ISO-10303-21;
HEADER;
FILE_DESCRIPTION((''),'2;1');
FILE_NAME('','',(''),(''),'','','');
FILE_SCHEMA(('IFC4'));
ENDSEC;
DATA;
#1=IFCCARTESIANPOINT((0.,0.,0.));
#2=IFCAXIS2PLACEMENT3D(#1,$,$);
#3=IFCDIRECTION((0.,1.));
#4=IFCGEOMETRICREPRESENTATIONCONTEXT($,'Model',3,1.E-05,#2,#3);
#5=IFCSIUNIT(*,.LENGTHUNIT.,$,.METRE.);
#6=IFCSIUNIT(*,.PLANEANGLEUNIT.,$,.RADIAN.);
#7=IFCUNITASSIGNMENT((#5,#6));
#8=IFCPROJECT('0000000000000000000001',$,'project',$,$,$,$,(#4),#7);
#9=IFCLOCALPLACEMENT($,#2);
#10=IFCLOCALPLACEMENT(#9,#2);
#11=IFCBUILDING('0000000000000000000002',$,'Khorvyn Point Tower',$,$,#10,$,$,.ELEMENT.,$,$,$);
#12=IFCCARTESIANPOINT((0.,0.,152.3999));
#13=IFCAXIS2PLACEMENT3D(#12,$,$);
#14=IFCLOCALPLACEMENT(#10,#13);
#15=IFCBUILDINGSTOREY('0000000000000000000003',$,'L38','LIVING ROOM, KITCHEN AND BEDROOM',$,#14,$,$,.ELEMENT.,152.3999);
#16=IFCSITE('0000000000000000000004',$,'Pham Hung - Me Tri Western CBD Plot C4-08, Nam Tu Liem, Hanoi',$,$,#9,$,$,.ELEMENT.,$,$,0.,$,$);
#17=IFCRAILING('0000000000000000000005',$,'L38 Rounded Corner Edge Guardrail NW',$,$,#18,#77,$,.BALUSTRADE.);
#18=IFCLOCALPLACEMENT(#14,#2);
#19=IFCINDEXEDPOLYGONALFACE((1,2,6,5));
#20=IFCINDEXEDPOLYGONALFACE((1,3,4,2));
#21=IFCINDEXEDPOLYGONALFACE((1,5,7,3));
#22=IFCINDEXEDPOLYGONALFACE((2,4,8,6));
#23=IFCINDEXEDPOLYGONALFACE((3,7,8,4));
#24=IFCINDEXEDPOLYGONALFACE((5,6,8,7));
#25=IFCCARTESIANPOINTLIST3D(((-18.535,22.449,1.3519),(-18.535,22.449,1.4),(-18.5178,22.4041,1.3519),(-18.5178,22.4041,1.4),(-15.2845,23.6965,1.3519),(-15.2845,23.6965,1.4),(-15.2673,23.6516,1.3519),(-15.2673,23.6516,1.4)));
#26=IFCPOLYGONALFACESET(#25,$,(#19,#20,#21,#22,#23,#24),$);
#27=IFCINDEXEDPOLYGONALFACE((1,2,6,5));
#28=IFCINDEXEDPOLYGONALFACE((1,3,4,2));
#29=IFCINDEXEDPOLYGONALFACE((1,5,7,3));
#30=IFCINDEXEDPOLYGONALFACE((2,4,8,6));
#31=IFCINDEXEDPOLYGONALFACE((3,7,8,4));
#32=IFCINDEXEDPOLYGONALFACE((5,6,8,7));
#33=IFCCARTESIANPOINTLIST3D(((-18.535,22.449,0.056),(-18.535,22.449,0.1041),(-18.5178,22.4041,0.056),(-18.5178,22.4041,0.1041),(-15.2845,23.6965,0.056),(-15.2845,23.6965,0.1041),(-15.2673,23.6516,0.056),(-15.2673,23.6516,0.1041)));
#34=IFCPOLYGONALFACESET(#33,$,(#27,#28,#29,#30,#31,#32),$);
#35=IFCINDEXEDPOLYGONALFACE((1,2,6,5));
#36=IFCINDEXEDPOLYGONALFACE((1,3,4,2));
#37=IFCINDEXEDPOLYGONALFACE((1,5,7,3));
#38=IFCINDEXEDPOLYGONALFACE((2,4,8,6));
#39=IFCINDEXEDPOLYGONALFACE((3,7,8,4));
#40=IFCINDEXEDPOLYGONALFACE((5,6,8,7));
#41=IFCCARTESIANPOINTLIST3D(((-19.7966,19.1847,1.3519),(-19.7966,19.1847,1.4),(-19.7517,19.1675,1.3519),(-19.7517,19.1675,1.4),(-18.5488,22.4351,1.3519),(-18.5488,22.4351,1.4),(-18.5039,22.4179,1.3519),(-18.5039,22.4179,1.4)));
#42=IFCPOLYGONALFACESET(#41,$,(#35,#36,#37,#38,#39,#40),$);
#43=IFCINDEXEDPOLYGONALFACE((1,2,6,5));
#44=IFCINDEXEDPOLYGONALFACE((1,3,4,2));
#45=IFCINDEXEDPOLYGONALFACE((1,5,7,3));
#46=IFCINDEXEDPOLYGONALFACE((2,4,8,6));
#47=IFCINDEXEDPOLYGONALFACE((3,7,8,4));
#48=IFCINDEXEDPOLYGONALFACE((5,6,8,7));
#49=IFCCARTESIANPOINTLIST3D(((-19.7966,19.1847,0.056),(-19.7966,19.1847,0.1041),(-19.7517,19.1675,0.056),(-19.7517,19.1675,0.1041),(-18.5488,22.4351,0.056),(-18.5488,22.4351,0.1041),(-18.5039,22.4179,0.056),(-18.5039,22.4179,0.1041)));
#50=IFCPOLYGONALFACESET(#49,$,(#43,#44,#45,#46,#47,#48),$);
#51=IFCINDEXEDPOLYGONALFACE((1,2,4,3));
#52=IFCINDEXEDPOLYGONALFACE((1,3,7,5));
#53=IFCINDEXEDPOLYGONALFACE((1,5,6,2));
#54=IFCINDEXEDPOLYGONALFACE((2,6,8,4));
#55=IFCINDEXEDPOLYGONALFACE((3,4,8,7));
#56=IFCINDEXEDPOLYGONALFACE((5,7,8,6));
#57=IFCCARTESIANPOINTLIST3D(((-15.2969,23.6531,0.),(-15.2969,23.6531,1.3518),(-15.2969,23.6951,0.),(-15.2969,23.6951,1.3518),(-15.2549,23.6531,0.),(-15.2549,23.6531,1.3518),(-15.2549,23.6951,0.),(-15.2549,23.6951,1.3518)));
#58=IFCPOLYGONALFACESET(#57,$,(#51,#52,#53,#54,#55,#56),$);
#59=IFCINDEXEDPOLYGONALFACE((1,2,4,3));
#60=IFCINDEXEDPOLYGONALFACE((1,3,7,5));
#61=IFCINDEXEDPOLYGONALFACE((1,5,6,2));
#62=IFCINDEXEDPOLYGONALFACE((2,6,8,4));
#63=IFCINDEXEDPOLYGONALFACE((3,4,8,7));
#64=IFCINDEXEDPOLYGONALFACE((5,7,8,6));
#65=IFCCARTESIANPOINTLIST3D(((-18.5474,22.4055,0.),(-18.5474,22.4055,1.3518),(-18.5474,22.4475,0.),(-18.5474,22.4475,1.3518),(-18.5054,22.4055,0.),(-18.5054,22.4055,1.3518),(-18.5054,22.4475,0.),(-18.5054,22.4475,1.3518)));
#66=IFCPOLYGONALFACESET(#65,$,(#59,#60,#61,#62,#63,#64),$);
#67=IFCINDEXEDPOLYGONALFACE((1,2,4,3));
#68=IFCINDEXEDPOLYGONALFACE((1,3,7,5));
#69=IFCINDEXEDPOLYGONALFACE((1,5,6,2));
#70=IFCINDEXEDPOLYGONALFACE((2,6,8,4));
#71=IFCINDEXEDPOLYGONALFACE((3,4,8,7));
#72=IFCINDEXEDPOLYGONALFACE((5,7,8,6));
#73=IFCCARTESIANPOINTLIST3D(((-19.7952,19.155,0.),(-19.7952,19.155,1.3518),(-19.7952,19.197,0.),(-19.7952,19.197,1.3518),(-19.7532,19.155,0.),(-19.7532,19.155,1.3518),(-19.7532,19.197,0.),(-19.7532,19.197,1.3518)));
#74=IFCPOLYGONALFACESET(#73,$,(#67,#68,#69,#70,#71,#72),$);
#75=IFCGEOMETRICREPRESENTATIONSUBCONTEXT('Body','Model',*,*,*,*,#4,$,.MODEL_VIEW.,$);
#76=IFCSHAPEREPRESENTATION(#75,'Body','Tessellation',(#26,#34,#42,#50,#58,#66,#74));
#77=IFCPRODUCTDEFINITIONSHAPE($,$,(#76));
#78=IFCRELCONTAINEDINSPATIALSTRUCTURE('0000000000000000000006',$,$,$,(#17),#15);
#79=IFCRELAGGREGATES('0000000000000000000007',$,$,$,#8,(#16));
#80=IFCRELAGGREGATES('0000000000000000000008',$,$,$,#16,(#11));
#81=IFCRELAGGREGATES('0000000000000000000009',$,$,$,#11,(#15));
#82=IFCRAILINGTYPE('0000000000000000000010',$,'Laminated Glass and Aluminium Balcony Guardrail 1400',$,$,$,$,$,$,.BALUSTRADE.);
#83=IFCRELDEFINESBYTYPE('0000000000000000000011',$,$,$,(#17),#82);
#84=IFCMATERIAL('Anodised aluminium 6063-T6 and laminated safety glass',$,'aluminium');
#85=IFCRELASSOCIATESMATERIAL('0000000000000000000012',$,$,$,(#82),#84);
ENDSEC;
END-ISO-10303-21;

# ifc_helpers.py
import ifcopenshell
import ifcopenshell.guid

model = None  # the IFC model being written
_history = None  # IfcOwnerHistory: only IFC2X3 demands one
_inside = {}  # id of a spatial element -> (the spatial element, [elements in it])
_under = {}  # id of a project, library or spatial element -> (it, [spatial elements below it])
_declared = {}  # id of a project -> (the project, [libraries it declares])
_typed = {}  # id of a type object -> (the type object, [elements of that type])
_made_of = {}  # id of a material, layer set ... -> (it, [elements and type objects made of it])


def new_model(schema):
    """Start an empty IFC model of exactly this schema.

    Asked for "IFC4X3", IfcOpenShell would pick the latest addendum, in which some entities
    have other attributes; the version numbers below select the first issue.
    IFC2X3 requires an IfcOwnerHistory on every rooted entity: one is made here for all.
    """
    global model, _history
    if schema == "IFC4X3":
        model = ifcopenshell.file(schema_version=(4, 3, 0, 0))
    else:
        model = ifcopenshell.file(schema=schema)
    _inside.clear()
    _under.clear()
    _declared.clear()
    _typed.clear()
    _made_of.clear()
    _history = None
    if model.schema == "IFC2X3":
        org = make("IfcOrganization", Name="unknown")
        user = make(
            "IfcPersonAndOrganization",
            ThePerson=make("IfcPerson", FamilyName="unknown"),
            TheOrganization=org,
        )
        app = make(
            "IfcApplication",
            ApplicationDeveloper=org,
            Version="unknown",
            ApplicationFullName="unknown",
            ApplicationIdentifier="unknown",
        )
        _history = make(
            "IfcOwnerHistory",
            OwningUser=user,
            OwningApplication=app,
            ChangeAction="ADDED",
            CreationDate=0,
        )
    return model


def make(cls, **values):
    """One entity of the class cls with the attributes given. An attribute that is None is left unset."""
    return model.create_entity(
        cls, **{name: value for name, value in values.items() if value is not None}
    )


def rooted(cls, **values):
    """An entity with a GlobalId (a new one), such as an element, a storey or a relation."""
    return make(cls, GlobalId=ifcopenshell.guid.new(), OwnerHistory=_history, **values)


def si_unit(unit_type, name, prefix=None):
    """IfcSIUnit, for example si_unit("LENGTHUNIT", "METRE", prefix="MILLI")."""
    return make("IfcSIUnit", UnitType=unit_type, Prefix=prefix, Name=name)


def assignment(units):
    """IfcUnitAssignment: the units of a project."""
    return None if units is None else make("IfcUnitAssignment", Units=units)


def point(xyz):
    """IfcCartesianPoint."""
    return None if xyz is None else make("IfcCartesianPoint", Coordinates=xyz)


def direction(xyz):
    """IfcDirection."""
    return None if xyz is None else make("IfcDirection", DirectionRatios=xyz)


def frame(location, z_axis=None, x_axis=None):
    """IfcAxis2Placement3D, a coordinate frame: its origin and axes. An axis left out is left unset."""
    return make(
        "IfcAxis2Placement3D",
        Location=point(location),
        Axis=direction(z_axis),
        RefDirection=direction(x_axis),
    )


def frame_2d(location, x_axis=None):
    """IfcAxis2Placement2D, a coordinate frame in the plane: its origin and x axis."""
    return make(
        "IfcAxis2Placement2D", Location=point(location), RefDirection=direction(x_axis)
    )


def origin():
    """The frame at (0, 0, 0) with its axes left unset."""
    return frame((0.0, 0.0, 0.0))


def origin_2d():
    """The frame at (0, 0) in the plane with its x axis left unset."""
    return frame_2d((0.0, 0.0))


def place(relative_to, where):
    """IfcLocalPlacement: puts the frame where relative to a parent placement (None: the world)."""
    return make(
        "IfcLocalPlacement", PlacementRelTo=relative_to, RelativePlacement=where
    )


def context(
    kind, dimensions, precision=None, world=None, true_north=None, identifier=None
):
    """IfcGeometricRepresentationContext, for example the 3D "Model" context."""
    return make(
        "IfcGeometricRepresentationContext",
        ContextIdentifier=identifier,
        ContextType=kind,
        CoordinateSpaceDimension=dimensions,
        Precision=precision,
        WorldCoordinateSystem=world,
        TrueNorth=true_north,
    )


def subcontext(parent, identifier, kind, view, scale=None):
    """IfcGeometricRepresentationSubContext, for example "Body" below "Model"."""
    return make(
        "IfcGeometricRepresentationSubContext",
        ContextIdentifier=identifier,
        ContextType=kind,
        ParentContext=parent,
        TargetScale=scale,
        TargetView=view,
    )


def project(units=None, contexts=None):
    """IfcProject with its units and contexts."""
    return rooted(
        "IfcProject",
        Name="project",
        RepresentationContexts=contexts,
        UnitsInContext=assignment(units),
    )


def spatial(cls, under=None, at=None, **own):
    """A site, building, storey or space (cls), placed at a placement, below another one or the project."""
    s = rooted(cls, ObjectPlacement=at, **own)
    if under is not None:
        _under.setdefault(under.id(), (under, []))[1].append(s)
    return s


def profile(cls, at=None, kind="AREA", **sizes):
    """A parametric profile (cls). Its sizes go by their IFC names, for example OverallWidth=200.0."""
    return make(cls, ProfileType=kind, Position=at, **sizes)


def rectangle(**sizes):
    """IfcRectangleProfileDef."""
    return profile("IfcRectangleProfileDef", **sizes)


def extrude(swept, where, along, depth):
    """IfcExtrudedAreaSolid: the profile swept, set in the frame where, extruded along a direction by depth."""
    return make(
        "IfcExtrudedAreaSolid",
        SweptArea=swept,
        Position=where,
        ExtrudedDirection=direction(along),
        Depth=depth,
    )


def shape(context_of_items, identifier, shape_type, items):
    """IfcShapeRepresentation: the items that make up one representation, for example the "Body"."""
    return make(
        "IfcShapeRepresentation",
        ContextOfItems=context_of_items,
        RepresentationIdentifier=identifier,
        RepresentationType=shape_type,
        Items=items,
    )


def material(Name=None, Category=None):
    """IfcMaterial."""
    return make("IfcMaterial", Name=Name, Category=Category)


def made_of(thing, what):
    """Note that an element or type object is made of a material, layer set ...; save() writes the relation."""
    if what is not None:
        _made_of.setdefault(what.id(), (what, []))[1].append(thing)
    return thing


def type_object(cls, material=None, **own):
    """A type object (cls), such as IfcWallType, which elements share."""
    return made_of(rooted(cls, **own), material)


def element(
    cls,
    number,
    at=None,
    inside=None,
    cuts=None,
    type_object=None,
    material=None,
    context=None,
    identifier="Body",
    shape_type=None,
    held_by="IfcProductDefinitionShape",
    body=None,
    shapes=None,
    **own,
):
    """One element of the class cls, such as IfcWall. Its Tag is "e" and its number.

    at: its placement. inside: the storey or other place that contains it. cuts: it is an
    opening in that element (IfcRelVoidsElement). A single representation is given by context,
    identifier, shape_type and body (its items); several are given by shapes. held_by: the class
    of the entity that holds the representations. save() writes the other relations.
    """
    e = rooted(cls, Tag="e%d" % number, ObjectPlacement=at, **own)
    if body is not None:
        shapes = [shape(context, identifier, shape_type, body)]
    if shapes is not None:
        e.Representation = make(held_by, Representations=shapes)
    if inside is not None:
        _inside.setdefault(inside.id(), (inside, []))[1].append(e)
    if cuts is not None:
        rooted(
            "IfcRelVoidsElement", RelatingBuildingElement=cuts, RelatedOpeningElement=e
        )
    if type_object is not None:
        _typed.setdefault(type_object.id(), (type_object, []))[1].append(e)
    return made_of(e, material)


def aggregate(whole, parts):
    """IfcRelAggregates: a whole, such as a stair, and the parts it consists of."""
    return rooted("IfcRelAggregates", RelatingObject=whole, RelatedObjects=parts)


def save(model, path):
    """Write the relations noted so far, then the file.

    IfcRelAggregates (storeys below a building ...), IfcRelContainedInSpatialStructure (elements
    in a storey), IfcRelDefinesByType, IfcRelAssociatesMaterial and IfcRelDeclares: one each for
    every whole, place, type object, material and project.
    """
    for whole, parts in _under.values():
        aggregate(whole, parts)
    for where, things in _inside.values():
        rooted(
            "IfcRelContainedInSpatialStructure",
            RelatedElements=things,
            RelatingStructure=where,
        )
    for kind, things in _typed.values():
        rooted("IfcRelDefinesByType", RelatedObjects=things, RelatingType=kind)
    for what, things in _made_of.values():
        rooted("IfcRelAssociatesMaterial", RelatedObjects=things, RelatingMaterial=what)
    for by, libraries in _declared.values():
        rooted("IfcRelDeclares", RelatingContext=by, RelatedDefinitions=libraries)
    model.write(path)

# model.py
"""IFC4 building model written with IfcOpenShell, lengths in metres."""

from ifc_helpers import new_model, si_unit, direction, frame, origin, origin_2d, place, context, subcontext, project, spatial, rectangle, extrude, material, type_object, element, save


model = new_model("IFC4")

# Units and contexts
model_context = context("Model", 3, precision=1e-05, world=origin(), true_north=direction((0.0, 1.0)))
body_context = subcontext(model_context, "Body", "Model", "MODEL_VIEW")
ifc_project = project(units=[si_unit("LENGTHUNIT", "METRE"), si_unit("PLANEANGLEUNIT", "RADIAN")], contexts=[model_context])

# Site, building, storey
site_placement = place(None, origin())
site = spatial("IfcSite", under=ifc_project, at=site_placement, Name="Pham Hung - Me Tri Western CBD Plot C4-08, Nam Tu Liem, Hanoi", CompositionType="ELEMENT", RefElevation=0.0)
building_placement = place(site_placement, origin())
building = spatial("IfcBuilding", under=site, at=building_placement, Name="Khorvyn Point Tower", CompositionType="ELEMENT")
storey_placement = place(building_placement, frame((0.0, 0.0, 152.3999)))
storey = spatial("IfcBuildingStorey", under=building, at=storey_placement, Name="L38", Description="LIVING ROOM, KITCHEN AND BEDROOM", CompositionType="ELEMENT", Elevation=152.3999)

# Railing
ifc_material_1 = material(Name="Anodised aluminium 6063-T6 and laminated safety glass", Category="aluminium")
railing_type = type_object("IfcRailingType", Name="Laminated Glass and Aluminium Balcony Guardrail 1400", PredefinedType="BALUSTRADE", material=ifc_material_1)
railing_placement = place(storey_placement, frame((-15.2759, 23.6741, 0.0)))
element("IfcRailing", 1, at=railing_placement, inside=storey, type_object=railing_type, Name="L38 Rounded Corner Edge Guardrail NW", PredefinedType="BALUSTRADE", context=body_context, shape_type="SweptSolid", body=[
    extrude(rectangle(XDim=0.0481, YDim=0.0481, at=origin_2d()), frame((0.0, 0.0, 1.376), z_axis=(-0.933598, -0.358321, 0.0), x_axis=(0.358321, -0.933598, 0.0)), (0.0, 0.0, 1.0), 3.4817),
    extrude(rectangle(XDim=0.0481, YDim=0.0481, at=origin_2d()), frame((0.0, 0.0, 0.0801), z_axis=(-0.933598, -0.358321, 0.0), x_axis=(0.358321, -0.933598, 0.0)), (0.0, 0.0, 1.0), 3.4817),
    extrude(rectangle(XDim=0.0481, YDim=0.0481, at=origin_2d()), frame((-3.2505, -1.2476, 1.376), z_axis=(-0.358382, -0.933575, 0.0), x_axis=(0.933575, -0.358382, 0.0)), (0.0, 0.0, 1.0), 3.4817),
    extrude(rectangle(XDim=0.0481, YDim=0.0481, at=origin_2d()), frame((-3.2505, -1.2476, 0.0801), z_axis=(-0.358382, -0.933575, 0.0), x_axis=(0.933575, -0.358382, 0.0)), (0.0, 0.0, 1.0), 3.4817),
    extrude(rectangle(XDim=0.042, YDim=0.042, at=origin_2d()), origin(), (0.0, 0.0, 1.0), 1.3518),
    extrude(rectangle(XDim=0.042, YDim=0.042, at=origin_2d()), frame((-3.2505, -1.2476, 0.0)), (0.0, 0.0, 1.0), 1.3518),
    extrude(rectangle(XDim=0.042, YDim=0.042, at=origin_2d()), frame((-4.4983, -4.498, 0.0)), (0.0, 0.0, 1.0), 1.3518),
])

save(model, "model.ifc")
